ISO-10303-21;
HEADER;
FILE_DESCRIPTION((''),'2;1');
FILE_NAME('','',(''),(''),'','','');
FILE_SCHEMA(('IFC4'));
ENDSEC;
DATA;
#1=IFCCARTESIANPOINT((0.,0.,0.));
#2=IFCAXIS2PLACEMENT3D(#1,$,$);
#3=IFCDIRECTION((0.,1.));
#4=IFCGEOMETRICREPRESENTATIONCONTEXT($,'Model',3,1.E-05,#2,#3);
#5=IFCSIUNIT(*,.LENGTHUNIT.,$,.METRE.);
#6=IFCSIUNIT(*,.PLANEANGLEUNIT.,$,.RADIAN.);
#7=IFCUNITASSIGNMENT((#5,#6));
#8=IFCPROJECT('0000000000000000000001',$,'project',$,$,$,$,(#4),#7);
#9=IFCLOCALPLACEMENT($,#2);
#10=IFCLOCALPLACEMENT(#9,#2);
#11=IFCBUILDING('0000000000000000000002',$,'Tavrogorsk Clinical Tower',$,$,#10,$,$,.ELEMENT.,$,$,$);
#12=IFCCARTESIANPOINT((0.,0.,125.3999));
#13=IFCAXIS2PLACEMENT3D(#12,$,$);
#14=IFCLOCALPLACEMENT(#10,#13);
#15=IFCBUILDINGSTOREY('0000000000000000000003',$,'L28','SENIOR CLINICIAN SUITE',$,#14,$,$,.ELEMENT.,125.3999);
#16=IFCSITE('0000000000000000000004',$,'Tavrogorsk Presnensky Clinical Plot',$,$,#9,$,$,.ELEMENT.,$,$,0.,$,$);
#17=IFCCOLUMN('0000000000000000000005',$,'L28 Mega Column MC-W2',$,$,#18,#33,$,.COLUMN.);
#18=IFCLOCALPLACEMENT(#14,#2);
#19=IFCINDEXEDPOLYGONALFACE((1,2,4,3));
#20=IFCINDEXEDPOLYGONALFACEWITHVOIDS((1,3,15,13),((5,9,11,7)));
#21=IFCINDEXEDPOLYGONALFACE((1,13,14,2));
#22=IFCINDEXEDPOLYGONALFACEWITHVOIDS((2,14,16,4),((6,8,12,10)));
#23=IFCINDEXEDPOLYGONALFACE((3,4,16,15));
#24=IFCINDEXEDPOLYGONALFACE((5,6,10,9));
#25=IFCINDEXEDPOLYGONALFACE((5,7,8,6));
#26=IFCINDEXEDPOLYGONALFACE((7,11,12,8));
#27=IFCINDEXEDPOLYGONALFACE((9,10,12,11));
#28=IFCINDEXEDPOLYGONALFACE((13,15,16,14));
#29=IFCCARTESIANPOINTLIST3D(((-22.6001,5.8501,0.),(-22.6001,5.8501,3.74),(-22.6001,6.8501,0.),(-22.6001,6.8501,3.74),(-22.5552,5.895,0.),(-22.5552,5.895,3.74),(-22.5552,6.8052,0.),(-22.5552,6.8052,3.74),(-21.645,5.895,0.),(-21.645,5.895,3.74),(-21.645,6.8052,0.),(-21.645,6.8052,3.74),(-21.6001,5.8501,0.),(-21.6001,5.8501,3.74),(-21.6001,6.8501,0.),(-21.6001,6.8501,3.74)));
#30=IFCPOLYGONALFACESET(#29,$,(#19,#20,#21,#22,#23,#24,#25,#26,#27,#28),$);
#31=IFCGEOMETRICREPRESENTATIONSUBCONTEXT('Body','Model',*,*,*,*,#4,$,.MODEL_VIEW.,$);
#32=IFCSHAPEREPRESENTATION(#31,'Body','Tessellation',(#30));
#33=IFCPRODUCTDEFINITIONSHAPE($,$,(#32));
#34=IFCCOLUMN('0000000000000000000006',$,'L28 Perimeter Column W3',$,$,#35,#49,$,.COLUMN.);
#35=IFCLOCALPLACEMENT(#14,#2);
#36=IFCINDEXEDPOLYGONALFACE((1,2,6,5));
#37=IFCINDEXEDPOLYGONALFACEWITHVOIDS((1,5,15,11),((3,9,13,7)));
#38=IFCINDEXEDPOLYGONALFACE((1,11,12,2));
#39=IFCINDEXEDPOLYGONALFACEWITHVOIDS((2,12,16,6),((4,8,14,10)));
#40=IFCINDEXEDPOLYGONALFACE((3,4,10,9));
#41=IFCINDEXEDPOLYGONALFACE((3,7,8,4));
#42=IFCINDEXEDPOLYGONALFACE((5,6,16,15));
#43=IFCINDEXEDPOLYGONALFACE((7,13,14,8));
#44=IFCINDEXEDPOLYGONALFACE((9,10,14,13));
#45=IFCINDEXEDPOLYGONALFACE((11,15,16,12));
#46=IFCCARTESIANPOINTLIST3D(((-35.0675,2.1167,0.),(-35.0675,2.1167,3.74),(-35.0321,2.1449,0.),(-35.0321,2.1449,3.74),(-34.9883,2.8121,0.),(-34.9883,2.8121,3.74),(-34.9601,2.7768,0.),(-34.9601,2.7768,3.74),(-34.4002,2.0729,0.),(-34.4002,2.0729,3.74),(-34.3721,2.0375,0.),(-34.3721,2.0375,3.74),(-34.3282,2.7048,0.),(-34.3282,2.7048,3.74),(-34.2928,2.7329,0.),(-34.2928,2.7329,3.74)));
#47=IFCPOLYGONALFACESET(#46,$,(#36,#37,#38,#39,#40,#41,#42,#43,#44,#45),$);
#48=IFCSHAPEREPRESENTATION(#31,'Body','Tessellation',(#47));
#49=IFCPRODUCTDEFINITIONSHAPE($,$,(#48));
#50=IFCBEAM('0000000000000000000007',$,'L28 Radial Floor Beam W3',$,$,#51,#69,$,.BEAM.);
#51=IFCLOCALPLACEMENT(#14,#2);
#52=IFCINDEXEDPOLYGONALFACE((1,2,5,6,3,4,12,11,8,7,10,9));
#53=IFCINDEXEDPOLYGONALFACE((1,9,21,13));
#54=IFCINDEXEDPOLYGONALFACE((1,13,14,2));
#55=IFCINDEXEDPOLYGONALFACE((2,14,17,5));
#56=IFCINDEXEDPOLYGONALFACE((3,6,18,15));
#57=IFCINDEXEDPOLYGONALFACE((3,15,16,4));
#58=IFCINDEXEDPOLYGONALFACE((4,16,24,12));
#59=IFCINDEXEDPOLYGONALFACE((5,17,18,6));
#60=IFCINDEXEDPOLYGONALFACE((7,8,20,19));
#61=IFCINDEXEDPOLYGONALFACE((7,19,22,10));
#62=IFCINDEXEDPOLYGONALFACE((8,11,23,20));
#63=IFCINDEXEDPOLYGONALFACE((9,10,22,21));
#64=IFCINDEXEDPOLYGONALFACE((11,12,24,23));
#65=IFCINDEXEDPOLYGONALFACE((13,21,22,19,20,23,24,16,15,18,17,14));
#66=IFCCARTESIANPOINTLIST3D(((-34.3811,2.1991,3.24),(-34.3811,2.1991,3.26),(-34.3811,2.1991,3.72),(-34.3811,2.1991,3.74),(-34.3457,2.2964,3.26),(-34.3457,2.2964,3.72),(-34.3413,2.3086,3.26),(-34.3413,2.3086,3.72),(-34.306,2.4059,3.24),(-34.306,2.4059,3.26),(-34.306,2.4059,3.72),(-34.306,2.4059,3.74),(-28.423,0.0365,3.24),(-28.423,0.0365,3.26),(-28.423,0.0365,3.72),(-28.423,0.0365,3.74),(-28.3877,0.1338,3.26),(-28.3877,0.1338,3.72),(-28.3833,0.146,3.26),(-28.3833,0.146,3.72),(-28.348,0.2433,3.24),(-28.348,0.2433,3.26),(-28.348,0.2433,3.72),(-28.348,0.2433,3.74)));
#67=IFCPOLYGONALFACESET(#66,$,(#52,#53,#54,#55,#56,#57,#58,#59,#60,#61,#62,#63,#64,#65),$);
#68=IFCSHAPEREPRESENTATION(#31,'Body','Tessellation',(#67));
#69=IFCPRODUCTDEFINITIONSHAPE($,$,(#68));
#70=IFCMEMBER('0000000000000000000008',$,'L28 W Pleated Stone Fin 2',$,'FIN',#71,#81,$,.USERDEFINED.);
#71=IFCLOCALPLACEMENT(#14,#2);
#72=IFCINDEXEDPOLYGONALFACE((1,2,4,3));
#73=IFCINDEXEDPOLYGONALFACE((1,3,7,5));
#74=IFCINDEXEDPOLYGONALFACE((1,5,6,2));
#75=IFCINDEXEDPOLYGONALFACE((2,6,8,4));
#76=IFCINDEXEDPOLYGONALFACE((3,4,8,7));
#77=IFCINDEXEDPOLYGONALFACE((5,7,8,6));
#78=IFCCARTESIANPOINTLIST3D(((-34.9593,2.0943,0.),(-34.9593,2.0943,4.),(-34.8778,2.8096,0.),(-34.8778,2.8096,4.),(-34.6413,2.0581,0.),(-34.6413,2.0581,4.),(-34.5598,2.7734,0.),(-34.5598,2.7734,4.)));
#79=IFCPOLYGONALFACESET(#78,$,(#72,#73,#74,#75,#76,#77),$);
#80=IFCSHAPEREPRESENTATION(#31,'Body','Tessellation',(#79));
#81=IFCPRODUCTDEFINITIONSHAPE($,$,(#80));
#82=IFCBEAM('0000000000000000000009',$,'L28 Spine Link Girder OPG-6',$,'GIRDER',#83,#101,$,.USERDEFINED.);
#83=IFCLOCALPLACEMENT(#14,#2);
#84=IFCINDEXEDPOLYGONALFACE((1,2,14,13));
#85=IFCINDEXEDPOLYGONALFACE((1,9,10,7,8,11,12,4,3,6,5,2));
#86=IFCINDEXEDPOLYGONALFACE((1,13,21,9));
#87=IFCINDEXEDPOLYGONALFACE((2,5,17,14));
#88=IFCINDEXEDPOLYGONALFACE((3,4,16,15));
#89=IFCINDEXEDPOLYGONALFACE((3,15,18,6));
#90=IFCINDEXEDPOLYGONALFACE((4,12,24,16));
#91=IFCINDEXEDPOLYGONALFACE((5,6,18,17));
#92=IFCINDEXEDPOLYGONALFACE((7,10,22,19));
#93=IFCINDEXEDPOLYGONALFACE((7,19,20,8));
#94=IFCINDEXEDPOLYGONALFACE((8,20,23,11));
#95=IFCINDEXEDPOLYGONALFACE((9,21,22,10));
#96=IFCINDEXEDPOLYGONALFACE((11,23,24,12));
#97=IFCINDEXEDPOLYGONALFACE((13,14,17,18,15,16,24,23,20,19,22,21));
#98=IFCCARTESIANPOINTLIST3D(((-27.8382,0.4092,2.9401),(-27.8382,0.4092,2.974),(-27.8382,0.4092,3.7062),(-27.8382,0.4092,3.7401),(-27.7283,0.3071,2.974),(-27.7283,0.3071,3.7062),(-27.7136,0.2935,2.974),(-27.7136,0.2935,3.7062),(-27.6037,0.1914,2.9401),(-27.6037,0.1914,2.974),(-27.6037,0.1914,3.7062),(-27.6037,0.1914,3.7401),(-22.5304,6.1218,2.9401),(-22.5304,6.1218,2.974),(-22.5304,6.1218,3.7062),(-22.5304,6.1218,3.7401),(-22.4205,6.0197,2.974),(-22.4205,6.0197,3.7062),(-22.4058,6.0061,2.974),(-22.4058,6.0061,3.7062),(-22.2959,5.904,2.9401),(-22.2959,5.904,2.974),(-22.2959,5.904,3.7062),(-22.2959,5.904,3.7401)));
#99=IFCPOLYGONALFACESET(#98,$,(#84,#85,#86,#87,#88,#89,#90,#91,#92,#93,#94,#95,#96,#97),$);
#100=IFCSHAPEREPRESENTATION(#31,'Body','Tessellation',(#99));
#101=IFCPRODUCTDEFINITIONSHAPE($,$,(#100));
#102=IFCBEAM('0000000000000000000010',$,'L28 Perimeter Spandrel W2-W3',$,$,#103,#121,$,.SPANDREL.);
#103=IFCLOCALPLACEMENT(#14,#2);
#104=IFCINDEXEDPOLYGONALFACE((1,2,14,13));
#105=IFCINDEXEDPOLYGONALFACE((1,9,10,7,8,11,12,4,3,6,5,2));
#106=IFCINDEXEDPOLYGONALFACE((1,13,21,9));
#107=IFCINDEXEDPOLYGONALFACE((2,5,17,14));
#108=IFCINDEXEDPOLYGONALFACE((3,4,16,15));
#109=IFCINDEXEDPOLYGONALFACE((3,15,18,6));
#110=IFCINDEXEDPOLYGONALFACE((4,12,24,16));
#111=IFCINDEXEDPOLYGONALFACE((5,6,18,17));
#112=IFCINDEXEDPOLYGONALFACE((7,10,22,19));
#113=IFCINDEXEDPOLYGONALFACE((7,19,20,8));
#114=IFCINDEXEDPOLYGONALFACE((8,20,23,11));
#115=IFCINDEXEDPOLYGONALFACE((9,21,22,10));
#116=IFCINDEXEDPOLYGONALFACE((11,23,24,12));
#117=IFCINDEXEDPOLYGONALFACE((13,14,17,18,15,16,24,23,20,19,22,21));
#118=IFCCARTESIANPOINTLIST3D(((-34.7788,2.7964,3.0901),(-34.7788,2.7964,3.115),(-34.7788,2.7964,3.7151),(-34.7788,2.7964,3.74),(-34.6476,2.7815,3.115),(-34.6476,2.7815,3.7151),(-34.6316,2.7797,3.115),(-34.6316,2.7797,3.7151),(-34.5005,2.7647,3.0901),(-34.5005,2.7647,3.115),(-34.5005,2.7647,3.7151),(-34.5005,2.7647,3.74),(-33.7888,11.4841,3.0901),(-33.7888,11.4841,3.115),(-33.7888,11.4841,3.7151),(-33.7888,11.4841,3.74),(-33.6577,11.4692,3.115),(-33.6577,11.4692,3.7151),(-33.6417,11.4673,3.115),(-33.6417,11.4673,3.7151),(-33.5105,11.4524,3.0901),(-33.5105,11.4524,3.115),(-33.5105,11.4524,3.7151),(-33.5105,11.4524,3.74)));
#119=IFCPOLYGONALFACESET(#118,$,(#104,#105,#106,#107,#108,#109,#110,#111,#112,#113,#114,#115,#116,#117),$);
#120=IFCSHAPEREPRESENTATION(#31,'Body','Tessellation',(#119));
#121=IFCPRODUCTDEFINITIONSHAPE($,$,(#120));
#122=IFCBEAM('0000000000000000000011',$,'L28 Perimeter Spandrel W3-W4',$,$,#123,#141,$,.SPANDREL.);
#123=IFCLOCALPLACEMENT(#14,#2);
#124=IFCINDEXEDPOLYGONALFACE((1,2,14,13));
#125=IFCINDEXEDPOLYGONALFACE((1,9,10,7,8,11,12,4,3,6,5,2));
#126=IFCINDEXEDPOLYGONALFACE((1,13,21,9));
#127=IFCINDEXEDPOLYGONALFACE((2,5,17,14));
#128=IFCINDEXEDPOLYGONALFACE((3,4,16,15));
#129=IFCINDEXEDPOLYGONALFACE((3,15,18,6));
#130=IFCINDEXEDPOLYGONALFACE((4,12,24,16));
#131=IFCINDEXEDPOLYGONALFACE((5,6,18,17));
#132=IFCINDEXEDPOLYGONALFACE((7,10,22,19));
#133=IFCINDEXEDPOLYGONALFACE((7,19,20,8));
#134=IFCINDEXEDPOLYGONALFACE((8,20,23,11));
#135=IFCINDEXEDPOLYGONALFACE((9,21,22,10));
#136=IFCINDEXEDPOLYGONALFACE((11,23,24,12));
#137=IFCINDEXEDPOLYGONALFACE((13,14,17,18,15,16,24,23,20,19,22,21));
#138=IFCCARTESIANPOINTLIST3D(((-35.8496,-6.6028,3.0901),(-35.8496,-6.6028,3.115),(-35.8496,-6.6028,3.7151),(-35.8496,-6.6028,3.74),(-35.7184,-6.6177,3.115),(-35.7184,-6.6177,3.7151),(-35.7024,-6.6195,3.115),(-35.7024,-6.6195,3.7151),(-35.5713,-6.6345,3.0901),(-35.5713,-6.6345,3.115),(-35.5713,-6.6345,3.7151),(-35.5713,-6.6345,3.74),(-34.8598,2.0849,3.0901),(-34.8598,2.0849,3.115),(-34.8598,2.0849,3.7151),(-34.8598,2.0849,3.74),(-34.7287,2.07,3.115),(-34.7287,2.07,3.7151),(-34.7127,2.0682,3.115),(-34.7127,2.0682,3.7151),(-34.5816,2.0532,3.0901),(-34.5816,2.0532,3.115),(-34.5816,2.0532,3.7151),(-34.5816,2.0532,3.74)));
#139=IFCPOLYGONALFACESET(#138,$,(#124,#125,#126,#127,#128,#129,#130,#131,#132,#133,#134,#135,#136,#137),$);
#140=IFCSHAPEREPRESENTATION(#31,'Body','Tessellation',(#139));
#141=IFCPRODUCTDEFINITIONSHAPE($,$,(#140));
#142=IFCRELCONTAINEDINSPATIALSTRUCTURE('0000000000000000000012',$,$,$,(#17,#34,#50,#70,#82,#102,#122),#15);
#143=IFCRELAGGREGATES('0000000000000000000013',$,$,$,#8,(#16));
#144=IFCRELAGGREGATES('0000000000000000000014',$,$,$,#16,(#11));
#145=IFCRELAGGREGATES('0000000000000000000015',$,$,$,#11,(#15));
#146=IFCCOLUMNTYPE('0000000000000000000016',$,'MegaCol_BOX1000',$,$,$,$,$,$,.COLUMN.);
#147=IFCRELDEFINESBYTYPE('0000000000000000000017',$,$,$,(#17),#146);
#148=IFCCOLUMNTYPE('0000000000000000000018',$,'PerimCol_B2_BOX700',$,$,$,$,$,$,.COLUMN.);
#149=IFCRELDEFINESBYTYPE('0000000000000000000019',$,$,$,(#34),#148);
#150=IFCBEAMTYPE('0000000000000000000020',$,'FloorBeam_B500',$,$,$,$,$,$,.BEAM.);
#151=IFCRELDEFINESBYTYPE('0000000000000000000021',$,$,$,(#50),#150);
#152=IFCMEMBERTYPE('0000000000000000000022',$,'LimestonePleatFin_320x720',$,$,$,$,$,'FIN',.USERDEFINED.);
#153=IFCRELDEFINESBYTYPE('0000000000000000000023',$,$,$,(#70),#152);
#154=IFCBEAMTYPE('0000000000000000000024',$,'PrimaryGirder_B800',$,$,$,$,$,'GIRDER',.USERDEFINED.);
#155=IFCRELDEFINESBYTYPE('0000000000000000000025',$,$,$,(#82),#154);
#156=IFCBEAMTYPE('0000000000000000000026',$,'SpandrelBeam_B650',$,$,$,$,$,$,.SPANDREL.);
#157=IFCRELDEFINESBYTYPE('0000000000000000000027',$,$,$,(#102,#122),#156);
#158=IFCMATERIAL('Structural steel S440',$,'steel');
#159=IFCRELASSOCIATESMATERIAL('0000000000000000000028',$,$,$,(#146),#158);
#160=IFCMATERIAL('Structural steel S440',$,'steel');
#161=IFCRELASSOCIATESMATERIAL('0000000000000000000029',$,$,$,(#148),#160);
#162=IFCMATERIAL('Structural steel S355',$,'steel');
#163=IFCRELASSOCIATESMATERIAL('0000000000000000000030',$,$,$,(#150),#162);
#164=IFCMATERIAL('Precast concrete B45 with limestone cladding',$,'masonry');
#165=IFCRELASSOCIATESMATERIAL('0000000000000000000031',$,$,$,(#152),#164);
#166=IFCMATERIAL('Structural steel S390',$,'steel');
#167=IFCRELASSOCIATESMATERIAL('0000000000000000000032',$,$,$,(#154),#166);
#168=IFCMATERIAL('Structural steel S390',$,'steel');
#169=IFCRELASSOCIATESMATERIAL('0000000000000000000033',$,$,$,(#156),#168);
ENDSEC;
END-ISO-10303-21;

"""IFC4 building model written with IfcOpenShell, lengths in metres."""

from ifc_helpers import new_model, si_unit, direction, frame, origin, origin_2d, place, context, subcontext, project, spatial, rectangle, hollow_rectangle, i_section, extrude, material, material_profile, profile_set, type_object, element, save


model = new_model("IFC4")

# Units and contexts
model_context = context("Model", 3, precision=1e-05, world=origin(), true_north=direction((0.0, 1.0)))
body_context = subcontext(model_context, "Body", "Model", "MODEL_VIEW")
ifc_project = project(units=[si_unit("LENGTHUNIT", "METRE"), si_unit("PLANEANGLEUNIT", "RADIAN")], contexts=[model_context])

# Site, building, storey
site_placement = place(None, origin())
site = spatial("IfcSite", under=ifc_project, at=site_placement, Name="Tavrogorsk Presnensky Clinical Plot", CompositionType="ELEMENT", RefElevation=0.0)
building_placement = place(site_placement, origin())
building = spatial("IfcBuilding", under=site, at=building_placement, Name="Tavrogorsk Clinical Tower", CompositionType="ELEMENT")
storey_placement = place(building_placement, frame((0.0, 0.0, 125.3999)))
storey = spatial("IfcBuildingStorey", under=building, at=storey_placement, Name="L28", Description="SENIOR CLINICIAN SUITE", CompositionType="ELEMENT", Elevation=125.3999)

# Columns
ifc_material_1 = material(Name="Structural steel S440", Category="steel")
ifc_material_profile_1 = material_profile(ifc_material_1, hollow_rectangle(XDim=1.0, YDim=1.0, WallThickness=0.0449, at=origin_2d()), Name="BOX-1000x1000x45")
ifc_profile_set_1 = profile_set([ifc_material_profile_1], Name="Structural steel S440")
column_type_1 = type_object("IfcColumnType", Name="MegaCol_BOX1000", PredefinedType="COLUMN", material=ifc_profile_set_1)
column_1_placement = place(storey_placement, frame((-22.1001, 6.3501, 0.0), z_axis=(0.0, 0.0, 1.0), x_axis=(1.0, 0.0, 0.0)))
element("IfcColumn", 1, at=column_1_placement, inside=storey, type_object=column_type_1, Name="L28 Mega Column MC-W2", PredefinedType="COLUMN", context=body_context, shape_type="SweptSolid", body=[
    extrude(hollow_rectangle(XDim=1.0, YDim=1.0, WallThickness=0.0449, at=origin_2d()), origin(), (0.0, 0.0, 1.0), 3.74),
])
ifc_material_2 = material(Name="Structural steel S440", Category="steel")
ifc_material_profile_2 = material_profile(ifc_material_2, hollow_rectangle(XDim=0.7, YDim=0.7, WallThickness=0.032, at=origin_2d()), Name="BOX-700x700x32")
ifc_profile_set_2 = profile_set([ifc_material_profile_2], Name="Structural steel S440")
column_type_2 = type_object("IfcColumnType", Name="PerimCol_B2_BOX700", PredefinedType="COLUMN", material=ifc_profile_set_2)
column_2_placement = place(storey_placement, frame((-34.6802, 2.4248, 0.0), z_axis=(0.0, 0.0, 1.0), x_axis=(0.993572, -0.113203, 0.0)))
element("IfcColumn", 2, at=column_2_placement, inside=storey, type_object=column_type_2, Name="L28 Perimeter Column W3", PredefinedType="COLUMN", context=body_context, shape_type="SweptSolid", body=[
    extrude(hollow_rectangle(XDim=0.7, YDim=0.7, WallThickness=0.032, at=origin_2d()), origin(), (0.0, 0.0, 1.0), 3.74),
])

# Beam
ifc_material_3 = material(Name="Structural steel S355", Category="steel")
ifc_material_profile_3 = material_profile(ifc_material_3, i_section(OverallWidth=0.22, OverallDepth=0.5, WebThickness=0.0129, FlangeThickness=0.02, at=origin_2d()), Name="B-500x220x13x20")
ifc_profile_set_3 = profile_set([ifc_material_profile_3], Name="Structural steel S355")
beam_type_1 = type_object("IfcBeamType", Name="FloorBeam_B500", PredefinedType="BEAM", material=ifc_profile_set_3)
beam_1_placement = place(storey_placement, frame((-28.3855, 0.1399, 3.49), z_axis=(-0.939993, 0.341193, 0.0), x_axis=(-0.341193, -0.939993, 0.0)))
element("IfcBeam", 3, at=beam_1_placement, inside=storey, type_object=beam_type_1, Name="L28 Radial Floor Beam W3", PredefinedType="BEAM", context=body_context, shape_type="SweptSolid", body=[
    extrude(i_section(OverallWidth=0.22, OverallDepth=0.5, WebThickness=0.0129, FlangeThickness=0.02, at=origin_2d()), origin(), (0.0, 0.0, 1.0), 6.3384),
])

# Member
ifc_material_4 = material(Name="Precast concrete B45 with limestone cladding", Category="masonry")
ifc_material_profile_4 = material_profile(ifc_material_4, rectangle(XDim=0.3201, YDim=0.72, at=origin_2d()), Name="LIMESTONE-FIN-320x720")
ifc_profile_set_4 = profile_set([ifc_material_profile_4], Name="Precast concrete B45 with limestone cladding")
member_type = type_object("IfcMemberType", Name="LimestonePleatFin_320x720", ElementType="FIN", PredefinedType="USERDEFINED", material=ifc_profile_set_4)
member_placement = place(storey_placement, frame((-34.7595, 2.4338, 0.0), z_axis=(0.0, 0.0, 1.0), x_axis=(0.993572, -0.113203, 0.0)))
element("IfcMember", 4, at=member_placement, inside=storey, type_object=member_type, Name="L28 W Pleated Stone Fin 2", ObjectType="FIN", PredefinedType="USERDEFINED", context=body_context, shape_type="SweptSolid", body=[
    extrude(rectangle(XDim=0.3201, YDim=0.72, at=origin_2d()), origin(), (0.0, 0.0, 1.0), 4.0),
])

# Beams
ifc_material_5 = material(Name="Structural steel S390", Category="steel")
ifc_material_profile_5 = material_profile(ifc_material_5, i_section(OverallWidth=0.3201, OverallDepth=0.8, WebThickness=0.02, FlangeThickness=0.0339, at=origin_2d()), Name="B-800x320x20x34")
ifc_profile_set_5 = profile_set([ifc_material_profile_5], Name="Structural steel S390")
beam_type_2 = type_object("IfcBeamType", Name="PrimaryGirder_B800", ElementType="GIRDER", PredefinedType="USERDEFINED", material=ifc_profile_set_5)
beam_2_placement = place(storey_placement, frame((-27.7209, 0.3003, 3.3401), z_axis=(0.680676, 0.732585, 0.0), x_axis=(-0.732585, 0.680676, 0.0)))
element("IfcBeam", 5, at=beam_2_placement, inside=storey, type_object=beam_type_2, Name="L28 Spine Link Girder OPG-6", ObjectType="GIRDER", PredefinedType="USERDEFINED", context=body_context, shape_type="SweptSolid", body=[
    extrude(i_section(OverallWidth=0.3201, OverallDepth=0.8, WebThickness=0.02, FlangeThickness=0.0339, at=origin_2d()), origin(), (0.0, 0.0, 1.0), 7.7979),
])
ifc_material_6 = material(Name="Structural steel S390", Category="steel")
ifc_material_profile_6 = material_profile(ifc_material_6, i_section(OverallWidth=0.28, OverallDepth=0.6499, WebThickness=0.0161, FlangeThickness=0.0249, at=origin_2d()), Name="B-650x280x16x25")
ifc_profile_set_6 = profile_set([ifc_material_profile_6], Name="Structural steel S390")
beam_type_3 = type_object("IfcBeamType", Name="SpandrelBeam_B650", PredefinedType="SPANDREL", material=ifc_profile_set_6)
for number, where, z_axis, x_axis, name in (
    (6, (-33.6497, 11.4683, 3.415), (-0.11322, -0.99357, 0.0), (0.99357, -0.11322, 0.0), "L28 Perimeter Spandrel W2-W3"),
    (7, (-34.7207, 2.0691, 3.415), (-0.113192, -0.993573, 0.0), (0.993573, -0.113192, 0.0), "L28 Perimeter Spandrel W3-W4"),
):
    element("IfcBeam", number, at=place(storey_placement, frame(where, z_axis=z_axis, x_axis=x_axis)), inside=storey, type_object=beam_type_3, Name=name, PredefinedType="SPANDREL", context=body_context, shape_type="SweptSolid", body=[
        extrude(i_section(OverallWidth=0.28, OverallDepth=0.6499, WebThickness=0.0161, FlangeThickness=0.0249, at=origin_2d()), origin(), (0.0, 0.0, 1.0), 8.7439),
    ])

save(model, "model.ifc")
